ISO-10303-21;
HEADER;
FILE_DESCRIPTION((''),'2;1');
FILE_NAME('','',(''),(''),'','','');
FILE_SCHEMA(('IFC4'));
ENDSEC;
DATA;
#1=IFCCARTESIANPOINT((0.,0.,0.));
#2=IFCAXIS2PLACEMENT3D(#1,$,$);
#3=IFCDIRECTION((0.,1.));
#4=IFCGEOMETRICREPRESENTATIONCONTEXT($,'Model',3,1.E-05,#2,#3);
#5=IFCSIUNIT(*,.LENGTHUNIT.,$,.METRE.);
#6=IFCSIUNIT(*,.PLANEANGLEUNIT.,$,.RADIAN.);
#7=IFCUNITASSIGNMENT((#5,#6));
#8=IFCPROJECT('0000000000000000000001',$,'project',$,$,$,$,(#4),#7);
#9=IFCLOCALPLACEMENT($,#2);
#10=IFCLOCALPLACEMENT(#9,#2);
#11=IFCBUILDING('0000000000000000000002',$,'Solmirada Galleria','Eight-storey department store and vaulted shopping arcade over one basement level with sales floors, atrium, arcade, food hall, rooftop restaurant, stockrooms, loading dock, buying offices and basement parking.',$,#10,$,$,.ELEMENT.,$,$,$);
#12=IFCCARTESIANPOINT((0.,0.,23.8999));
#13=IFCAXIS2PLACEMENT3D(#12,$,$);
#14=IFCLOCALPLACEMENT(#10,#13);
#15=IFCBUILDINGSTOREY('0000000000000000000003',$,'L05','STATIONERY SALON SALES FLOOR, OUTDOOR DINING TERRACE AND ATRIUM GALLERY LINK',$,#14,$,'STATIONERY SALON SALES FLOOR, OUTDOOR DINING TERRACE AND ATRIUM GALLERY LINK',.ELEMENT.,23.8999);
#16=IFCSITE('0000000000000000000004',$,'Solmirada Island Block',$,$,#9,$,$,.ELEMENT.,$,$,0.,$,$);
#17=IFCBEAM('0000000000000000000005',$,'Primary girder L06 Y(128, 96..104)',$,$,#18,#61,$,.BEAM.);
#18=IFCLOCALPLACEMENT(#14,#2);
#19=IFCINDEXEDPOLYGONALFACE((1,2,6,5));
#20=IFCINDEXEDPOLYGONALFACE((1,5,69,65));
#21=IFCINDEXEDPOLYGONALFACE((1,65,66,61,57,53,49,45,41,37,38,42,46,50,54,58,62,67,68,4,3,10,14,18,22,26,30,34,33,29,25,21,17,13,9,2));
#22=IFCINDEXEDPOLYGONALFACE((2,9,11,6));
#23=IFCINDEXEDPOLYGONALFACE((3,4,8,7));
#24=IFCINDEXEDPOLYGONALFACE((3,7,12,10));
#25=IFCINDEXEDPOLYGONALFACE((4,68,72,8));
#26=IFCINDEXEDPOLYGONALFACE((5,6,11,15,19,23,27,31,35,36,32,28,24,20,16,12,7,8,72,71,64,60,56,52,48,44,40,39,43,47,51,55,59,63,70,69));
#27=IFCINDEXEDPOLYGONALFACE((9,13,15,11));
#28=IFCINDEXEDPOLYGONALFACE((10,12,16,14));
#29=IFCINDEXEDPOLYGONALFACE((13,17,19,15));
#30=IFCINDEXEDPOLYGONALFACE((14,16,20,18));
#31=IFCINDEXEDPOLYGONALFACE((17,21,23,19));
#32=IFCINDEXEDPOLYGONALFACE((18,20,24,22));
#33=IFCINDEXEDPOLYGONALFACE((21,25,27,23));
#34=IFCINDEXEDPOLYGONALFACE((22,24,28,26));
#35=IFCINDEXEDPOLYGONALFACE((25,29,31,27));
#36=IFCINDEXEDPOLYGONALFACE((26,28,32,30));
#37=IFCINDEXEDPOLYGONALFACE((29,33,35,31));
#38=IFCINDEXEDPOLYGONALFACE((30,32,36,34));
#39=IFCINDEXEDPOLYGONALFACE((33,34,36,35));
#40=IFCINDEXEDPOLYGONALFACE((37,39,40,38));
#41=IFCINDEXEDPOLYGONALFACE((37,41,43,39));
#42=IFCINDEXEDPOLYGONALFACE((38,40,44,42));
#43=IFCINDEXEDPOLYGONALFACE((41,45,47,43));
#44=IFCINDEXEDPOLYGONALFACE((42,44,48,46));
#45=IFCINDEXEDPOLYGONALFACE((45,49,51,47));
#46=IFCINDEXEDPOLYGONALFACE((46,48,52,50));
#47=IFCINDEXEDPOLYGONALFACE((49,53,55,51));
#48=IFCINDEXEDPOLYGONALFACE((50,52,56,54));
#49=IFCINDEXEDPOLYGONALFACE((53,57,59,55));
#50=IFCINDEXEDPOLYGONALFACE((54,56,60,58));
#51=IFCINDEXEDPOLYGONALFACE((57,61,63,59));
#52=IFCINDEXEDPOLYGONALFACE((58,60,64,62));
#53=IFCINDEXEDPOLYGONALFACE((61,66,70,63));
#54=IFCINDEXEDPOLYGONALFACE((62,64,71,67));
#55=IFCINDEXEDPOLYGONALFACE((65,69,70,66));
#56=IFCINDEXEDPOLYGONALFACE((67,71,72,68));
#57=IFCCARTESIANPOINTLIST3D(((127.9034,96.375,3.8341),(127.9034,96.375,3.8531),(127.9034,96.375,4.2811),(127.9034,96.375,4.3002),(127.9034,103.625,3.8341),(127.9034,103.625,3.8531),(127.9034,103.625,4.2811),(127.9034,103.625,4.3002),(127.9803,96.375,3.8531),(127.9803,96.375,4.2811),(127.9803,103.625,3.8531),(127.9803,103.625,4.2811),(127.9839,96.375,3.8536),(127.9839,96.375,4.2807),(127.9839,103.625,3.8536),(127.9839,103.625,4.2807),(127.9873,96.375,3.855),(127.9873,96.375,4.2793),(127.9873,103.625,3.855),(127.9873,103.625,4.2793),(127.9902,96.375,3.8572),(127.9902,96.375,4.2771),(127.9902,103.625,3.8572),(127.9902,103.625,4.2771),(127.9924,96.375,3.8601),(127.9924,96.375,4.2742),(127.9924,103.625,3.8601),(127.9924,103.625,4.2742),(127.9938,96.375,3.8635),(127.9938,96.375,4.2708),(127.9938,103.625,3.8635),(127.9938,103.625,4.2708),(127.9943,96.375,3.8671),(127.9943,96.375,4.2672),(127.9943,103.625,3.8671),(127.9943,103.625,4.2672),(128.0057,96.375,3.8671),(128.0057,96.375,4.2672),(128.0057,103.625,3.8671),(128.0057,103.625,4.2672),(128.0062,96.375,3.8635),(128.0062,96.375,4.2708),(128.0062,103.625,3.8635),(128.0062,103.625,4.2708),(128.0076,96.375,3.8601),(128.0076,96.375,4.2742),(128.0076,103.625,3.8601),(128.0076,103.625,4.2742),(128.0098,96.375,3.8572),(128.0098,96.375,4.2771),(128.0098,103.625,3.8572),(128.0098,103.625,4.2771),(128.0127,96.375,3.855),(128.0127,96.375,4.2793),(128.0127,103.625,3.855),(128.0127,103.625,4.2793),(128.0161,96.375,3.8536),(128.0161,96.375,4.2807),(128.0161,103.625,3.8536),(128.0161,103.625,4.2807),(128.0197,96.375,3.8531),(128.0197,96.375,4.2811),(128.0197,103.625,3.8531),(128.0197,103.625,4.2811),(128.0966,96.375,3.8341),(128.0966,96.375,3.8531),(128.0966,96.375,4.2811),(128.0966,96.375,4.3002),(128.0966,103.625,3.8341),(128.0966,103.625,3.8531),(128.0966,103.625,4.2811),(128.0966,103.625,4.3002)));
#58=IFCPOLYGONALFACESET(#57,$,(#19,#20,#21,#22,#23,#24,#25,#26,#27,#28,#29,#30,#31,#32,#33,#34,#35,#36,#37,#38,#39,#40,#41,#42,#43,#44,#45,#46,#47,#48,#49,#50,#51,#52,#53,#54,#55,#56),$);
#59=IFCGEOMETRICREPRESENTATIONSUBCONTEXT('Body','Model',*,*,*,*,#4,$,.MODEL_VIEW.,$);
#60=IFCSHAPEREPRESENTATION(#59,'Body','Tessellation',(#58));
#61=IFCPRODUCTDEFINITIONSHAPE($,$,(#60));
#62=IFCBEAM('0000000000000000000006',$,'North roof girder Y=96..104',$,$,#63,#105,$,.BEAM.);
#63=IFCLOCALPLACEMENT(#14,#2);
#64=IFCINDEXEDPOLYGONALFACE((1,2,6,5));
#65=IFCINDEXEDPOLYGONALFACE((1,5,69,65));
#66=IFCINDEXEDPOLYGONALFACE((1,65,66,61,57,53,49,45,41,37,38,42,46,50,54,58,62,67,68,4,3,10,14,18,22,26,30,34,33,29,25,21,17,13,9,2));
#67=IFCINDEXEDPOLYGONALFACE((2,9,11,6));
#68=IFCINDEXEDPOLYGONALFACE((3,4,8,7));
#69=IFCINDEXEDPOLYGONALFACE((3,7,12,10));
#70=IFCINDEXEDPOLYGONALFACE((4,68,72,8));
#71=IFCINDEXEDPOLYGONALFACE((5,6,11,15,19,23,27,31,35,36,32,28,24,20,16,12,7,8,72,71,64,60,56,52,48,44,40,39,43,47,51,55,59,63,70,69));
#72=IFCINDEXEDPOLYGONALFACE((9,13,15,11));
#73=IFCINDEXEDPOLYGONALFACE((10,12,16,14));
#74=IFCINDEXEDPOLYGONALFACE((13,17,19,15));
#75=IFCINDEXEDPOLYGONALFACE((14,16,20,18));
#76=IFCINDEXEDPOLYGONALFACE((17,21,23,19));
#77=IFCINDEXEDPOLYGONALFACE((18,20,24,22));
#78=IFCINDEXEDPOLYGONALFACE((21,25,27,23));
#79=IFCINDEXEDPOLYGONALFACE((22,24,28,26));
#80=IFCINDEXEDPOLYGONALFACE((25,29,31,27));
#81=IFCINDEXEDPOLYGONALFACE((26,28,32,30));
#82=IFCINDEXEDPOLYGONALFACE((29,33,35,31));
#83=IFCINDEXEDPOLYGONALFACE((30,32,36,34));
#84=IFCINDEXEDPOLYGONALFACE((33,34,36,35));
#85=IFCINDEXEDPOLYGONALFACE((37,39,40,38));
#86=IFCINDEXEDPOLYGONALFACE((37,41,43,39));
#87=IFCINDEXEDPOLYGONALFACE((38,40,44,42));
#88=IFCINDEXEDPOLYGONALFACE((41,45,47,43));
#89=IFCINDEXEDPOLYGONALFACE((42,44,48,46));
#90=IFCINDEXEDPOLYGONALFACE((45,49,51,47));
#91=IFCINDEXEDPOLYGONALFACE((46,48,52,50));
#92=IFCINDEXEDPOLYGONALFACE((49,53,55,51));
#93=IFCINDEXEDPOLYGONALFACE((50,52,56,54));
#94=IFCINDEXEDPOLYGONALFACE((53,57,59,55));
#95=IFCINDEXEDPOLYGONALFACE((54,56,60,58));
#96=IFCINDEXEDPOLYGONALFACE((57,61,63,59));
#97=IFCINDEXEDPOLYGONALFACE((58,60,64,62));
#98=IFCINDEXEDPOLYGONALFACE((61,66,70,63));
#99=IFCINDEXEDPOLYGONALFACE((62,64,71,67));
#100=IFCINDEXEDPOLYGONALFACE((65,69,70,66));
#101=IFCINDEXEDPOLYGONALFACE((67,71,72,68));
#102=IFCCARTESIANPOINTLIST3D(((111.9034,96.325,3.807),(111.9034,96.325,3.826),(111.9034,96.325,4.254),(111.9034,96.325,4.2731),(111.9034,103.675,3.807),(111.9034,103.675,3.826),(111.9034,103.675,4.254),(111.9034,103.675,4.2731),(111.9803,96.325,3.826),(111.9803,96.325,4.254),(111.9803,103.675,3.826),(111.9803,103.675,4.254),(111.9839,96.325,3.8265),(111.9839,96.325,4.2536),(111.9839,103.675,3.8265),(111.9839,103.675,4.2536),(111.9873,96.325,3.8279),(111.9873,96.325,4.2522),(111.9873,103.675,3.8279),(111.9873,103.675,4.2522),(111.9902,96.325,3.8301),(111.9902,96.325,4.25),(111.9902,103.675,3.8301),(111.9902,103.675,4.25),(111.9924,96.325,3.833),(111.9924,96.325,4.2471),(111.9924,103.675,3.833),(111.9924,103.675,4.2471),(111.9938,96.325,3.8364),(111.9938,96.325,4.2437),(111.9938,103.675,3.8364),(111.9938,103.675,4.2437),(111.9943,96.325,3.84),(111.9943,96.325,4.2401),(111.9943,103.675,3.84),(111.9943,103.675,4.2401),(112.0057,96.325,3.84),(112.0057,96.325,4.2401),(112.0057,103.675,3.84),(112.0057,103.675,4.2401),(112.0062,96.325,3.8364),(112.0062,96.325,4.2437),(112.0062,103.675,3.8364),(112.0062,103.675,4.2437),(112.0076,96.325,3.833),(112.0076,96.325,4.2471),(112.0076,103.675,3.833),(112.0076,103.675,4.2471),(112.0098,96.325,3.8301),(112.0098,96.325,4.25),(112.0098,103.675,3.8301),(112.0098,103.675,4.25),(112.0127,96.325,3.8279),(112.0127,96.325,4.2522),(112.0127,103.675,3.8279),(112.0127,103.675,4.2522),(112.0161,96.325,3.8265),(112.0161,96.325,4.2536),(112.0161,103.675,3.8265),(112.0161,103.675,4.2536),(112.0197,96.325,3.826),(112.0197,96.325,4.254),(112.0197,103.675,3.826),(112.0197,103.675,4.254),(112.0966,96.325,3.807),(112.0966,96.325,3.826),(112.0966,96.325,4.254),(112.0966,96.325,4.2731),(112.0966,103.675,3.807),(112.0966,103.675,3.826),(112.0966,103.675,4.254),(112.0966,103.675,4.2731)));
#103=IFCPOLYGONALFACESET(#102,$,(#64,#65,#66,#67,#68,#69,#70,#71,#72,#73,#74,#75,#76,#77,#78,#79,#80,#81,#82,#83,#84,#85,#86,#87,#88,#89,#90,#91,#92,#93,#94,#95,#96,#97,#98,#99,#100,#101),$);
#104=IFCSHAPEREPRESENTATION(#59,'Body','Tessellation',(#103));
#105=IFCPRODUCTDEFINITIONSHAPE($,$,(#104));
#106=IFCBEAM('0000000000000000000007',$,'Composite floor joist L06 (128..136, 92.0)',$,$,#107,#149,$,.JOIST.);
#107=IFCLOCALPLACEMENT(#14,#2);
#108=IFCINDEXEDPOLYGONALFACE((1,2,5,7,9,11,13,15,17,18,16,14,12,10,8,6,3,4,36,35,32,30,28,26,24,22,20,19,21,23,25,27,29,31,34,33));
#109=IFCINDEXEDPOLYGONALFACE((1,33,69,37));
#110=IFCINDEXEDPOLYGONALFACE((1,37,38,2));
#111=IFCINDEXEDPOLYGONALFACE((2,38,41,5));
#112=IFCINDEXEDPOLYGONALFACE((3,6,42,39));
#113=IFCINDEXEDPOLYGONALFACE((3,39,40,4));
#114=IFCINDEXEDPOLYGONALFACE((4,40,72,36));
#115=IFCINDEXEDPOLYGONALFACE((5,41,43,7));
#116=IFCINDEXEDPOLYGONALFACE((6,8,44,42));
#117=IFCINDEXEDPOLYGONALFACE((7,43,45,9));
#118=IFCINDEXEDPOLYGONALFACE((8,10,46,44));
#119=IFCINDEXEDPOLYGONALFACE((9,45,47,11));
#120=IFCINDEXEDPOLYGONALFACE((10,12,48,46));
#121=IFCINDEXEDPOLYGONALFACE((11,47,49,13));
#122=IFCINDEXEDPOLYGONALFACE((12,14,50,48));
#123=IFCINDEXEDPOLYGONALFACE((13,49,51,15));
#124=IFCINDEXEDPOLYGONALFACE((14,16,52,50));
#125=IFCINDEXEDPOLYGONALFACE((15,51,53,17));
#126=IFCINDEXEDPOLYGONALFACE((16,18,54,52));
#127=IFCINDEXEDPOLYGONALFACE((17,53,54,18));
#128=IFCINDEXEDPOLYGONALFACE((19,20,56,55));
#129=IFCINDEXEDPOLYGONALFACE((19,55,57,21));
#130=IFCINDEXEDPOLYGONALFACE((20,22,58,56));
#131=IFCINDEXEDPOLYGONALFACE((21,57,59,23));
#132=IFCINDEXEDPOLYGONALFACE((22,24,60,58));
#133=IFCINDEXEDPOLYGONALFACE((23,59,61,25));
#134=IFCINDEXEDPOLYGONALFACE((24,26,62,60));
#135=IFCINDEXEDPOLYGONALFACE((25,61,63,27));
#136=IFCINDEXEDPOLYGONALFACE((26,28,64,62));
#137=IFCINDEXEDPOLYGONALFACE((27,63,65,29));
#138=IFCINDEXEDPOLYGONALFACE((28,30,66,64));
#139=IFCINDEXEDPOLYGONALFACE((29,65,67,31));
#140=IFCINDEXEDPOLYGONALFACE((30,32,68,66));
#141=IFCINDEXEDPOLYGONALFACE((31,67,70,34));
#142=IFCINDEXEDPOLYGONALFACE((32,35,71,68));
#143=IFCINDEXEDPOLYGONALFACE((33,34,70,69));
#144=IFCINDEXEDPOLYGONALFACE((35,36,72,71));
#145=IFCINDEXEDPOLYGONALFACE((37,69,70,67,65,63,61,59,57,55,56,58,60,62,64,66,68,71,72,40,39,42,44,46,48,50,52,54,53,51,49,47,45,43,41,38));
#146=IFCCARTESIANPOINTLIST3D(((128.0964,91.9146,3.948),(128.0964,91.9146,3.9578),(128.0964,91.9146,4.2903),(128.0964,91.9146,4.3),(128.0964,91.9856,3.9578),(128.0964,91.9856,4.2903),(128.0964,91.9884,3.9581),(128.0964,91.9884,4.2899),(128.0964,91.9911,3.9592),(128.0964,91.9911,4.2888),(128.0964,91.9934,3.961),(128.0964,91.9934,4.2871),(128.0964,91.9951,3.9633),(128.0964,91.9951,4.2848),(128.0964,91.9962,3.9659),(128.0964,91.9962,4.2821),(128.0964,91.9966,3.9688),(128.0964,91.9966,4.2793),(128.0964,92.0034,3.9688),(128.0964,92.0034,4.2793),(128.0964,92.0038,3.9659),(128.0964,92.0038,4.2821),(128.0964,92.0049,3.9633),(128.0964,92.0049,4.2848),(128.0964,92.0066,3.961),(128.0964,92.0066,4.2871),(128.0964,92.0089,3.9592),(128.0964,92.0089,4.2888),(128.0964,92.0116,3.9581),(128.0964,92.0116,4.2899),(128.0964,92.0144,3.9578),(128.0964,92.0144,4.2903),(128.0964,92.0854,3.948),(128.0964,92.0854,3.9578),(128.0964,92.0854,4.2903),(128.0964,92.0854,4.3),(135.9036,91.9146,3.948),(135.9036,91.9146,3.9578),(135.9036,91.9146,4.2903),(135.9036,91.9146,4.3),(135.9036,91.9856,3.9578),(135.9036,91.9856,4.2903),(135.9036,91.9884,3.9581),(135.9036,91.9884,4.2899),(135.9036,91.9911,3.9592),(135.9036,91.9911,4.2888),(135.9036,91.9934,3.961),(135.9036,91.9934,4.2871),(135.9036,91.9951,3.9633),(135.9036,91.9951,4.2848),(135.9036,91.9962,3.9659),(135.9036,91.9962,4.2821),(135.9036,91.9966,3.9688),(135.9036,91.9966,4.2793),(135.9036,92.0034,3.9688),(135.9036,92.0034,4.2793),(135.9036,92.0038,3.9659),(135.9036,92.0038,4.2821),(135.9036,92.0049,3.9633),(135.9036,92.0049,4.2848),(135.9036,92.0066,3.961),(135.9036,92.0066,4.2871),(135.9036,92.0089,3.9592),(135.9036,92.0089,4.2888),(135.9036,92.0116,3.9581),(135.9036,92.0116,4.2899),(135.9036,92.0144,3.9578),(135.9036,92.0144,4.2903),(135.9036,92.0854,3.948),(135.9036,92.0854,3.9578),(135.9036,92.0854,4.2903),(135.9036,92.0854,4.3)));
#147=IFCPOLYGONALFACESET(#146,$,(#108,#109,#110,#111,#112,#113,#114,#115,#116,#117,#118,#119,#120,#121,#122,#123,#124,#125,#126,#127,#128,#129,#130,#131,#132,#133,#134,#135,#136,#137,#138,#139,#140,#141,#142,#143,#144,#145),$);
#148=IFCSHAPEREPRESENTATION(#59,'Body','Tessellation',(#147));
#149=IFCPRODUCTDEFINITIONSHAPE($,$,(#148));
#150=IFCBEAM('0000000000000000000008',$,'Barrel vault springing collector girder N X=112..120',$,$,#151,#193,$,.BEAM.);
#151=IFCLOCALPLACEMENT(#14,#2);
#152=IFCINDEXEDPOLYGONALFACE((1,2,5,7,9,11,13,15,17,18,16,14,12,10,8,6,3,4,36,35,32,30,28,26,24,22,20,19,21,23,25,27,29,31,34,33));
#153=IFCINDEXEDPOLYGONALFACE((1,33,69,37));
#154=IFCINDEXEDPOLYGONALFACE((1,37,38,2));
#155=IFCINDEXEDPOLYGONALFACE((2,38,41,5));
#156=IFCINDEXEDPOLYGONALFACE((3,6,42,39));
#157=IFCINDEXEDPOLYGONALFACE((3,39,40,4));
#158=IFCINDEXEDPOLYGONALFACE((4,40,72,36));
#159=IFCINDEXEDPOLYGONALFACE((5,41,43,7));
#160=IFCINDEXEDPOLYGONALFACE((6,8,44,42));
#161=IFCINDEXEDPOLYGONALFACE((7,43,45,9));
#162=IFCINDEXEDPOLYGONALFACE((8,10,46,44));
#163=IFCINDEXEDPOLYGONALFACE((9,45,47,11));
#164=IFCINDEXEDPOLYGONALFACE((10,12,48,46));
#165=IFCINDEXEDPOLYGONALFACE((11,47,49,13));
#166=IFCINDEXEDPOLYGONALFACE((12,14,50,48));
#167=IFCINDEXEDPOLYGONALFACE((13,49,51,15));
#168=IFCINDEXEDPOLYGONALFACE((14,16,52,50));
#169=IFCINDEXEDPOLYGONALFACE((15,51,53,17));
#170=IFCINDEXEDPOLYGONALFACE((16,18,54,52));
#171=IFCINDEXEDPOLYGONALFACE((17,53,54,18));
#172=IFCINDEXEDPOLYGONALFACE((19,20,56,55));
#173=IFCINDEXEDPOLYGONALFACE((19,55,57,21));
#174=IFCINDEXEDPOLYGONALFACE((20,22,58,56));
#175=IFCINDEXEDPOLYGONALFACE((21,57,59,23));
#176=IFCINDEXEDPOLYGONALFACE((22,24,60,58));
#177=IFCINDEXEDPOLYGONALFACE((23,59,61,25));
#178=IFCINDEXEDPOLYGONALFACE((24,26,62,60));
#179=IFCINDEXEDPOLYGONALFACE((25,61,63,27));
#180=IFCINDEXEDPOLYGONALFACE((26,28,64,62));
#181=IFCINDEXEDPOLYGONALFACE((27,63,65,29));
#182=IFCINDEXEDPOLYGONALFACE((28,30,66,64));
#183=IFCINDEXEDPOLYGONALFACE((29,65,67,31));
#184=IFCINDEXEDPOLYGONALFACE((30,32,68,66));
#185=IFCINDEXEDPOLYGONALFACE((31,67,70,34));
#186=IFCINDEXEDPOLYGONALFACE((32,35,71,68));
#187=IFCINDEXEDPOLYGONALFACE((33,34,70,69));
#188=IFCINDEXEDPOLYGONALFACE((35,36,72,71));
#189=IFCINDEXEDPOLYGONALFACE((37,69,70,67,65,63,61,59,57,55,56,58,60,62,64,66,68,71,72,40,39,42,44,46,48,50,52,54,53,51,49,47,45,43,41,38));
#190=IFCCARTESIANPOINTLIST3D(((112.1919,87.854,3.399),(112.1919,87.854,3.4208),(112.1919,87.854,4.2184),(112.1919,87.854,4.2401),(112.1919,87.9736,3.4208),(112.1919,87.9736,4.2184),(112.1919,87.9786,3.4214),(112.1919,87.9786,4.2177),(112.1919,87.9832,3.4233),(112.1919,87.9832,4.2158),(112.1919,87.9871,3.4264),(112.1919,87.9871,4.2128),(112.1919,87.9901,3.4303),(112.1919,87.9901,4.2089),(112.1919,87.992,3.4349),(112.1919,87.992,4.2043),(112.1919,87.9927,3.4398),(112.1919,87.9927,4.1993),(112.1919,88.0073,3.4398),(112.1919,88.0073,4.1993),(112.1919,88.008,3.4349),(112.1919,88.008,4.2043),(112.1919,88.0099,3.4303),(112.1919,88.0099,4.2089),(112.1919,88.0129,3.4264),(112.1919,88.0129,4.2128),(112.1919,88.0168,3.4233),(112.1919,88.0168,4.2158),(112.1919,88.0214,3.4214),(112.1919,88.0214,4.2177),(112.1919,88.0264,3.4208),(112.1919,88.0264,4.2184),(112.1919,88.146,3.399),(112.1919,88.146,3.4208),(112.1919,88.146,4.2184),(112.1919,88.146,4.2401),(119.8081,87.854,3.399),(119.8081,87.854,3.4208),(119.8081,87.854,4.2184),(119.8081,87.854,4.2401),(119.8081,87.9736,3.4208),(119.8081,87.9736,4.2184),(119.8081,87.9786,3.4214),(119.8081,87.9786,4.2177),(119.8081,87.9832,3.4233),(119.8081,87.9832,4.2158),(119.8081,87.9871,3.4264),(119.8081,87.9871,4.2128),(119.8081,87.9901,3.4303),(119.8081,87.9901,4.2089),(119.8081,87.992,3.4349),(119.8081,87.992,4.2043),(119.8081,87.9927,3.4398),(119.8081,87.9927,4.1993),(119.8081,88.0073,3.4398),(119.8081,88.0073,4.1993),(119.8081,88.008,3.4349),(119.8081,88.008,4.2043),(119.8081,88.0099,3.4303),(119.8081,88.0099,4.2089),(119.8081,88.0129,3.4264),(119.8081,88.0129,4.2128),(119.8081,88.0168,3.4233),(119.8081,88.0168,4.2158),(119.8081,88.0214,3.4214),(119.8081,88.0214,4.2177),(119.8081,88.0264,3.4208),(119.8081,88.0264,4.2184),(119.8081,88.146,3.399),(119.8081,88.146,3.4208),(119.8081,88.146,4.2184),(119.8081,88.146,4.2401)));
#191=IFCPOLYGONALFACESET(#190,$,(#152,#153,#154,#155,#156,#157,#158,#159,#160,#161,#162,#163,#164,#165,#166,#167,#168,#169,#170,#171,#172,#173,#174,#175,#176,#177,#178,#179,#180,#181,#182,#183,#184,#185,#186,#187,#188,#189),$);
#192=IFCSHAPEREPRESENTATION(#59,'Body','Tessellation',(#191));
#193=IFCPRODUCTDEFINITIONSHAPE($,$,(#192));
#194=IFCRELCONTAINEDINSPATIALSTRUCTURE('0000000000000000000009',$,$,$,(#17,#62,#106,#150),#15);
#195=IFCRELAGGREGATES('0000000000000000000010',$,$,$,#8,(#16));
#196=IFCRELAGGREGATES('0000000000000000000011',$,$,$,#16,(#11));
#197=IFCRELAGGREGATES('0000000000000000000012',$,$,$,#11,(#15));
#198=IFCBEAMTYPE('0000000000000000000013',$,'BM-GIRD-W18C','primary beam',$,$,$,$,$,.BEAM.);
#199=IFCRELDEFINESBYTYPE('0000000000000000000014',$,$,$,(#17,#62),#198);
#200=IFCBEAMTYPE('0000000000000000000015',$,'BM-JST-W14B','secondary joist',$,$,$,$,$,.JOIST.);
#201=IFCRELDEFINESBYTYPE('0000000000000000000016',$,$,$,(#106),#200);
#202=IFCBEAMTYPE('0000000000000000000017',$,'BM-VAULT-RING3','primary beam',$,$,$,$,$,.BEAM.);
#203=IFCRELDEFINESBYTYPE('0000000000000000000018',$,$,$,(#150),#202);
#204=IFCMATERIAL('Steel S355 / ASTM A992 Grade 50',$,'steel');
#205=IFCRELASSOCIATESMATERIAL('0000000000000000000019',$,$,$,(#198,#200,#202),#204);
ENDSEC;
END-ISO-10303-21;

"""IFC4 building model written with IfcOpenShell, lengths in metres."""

from ifc_helpers import new_model, si_unit, direction, frame, origin, origin_2d, place, context, subcontext, project, spatial, i_section, extrude, material, material_profile, profile_set, type_object, element, save


model = new_model("IFC4")

# Units and contexts
model_context = context("Model", 3, precision=1e-05, world=origin(), true_north=direction((0.0, 1.0)))
body_context = subcontext(model_context, "Body", "Model", "MODEL_VIEW")
ifc_project = project(units=[si_unit("LENGTHUNIT", "METRE"), si_unit("PLANEANGLEUNIT", "RADIAN")], contexts=[model_context])

# Site, building, storey
site_placement = place(None, origin())
site = spatial("IfcSite", under=ifc_project, at=site_placement, Name="Solmirada Island Block", CompositionType="ELEMENT", RefElevation=0.0)
building_placement = place(site_placement, origin())
building = spatial("IfcBuilding", under=site, at=building_placement, Name="Solmirada Galleria", Description="Eight-storey department store and vaulted shopping arcade over one basement level with sales floors, atrium, arcade, food hall, rooftop restaurant, stockrooms, loading dock, buying offices and basement parking.", CompositionType="ELEMENT")
storey_placement = place(building_placement, frame((0.0, 0.0, 23.8999)))
storey = spatial("IfcBuildingStorey", under=building, at=storey_placement, Name="L05", Description="STATIONERY SALON SALES FLOOR, OUTDOOR DINING TERRACE AND ATRIUM GALLERY LINK", LongName="STATIONERY SALON SALES FLOOR, OUTDOOR DINING TERRACE AND ATRIUM GALLERY LINK", CompositionType="ELEMENT", Elevation=23.8999)

# Beams
ifc_material_1 = material(Name="Steel S355 / ASTM A992 Grade 50", Category="steel")
ifc_material_profile_1 = material_profile(ifc_material_1, i_section(OverallWidth=0.1931, OverallDepth=0.4661, WebThickness=0.0115, FlangeThickness=0.019, FilletRadius=0.0139, at=origin_2d()), Name="W18X65")
ifc_profile_set_1 = profile_set([ifc_material_profile_1], Name="Steel S355 / ASTM A992 Grade 50")
beam_type_1 = type_object("IfcBeamType", Name="BM-GIRD-W18C", Description="primary beam", PredefinedType="BEAM", material=ifc_profile_set_1)
beam_1_placement = place(storey_placement, frame((128.0, 96.375, 4.0671), z_axis=(0.0, 1.0, 0.0), x_axis=(-1.0, 0.0, 0.0)))
element("IfcBeam", 1, at=beam_1_placement, inside=storey, type_object=beam_type_1, Name="Primary girder L06 Y(128, 96..104)", PredefinedType="BEAM", context=body_context, shape_type="SweptSolid", body=[
    extrude(i_section(OverallWidth=0.1931, OverallDepth=0.4661, WebThickness=0.0115, FlangeThickness=0.019, FilletRadius=0.0139, at=origin_2d()), origin(), (0.0, 0.0, 1.0), 7.25),
])
beam_2_placement = place(storey_placement, frame((112.0, 96.325, 4.04), z_axis=(0.0, 1.0, 0.0), x_axis=(-1.0, 0.0, 0.0)))
element("IfcBeam", 2, at=beam_2_placement, inside=storey, type_object=beam_type_1, Name="North roof girder Y=96..104", PredefinedType="BEAM", context=body_context, shape_type="SweptSolid", body=[
    extrude(i_section(OverallWidth=0.1931, OverallDepth=0.4661, WebThickness=0.0115, FlangeThickness=0.019, FilletRadius=0.0139, at=origin_2d()), origin(), (0.0, 0.0, 1.0), 7.3501),
])
ifc_material_profile_2 = material_profile(ifc_material_1, i_section(OverallWidth=0.1709, OverallDepth=0.3521, WebThickness=0.0068, FlangeThickness=0.0098, FilletRadius=0.011, at=origin_2d()), Name="W14X30")
ifc_profile_set_2 = profile_set([ifc_material_profile_2], Name="Steel S355 / ASTM A992 Grade 50")
beam_type_2 = type_object("IfcBeamType", Name="BM-JST-W14B", Description="secondary joist", PredefinedType="JOIST", material=ifc_profile_set_2)
beam_3_placement = place(storey_placement, frame((128.0964, 92.0, 4.124), z_axis=(1.0, 0.0, 0.0), x_axis=(0.0, 1.0, 0.0)))
element("IfcBeam", 3, at=beam_3_placement, inside=storey, type_object=beam_type_2, Name="Composite floor joist L06 (128..136, 92.0)", PredefinedType="JOIST", context=body_context, shape_type="SweptSolid", body=[
    extrude(i_section(OverallWidth=0.1709, OverallDepth=0.3521, WebThickness=0.0068, FlangeThickness=0.0098, FilletRadius=0.011, at=origin_2d()), origin(), (0.0, 0.0, 1.0), 7.8071),
])
ifc_material_profile_3 = material_profile(ifc_material_1, i_section(OverallWidth=0.292, OverallDepth=0.8411, WebThickness=0.0146, FlangeThickness=0.0217, FilletRadius=0.019, at=origin_2d()), Name="W33X130")
ifc_profile_set_3 = profile_set([ifc_material_profile_3], Name="Steel S355 / ASTM A992 Grade 50")
beam_type_3 = type_object("IfcBeamType", Name="BM-VAULT-RING3", Description="primary beam", PredefinedType="BEAM", material=ifc_profile_set_3)
beam_4_placement = place(storey_placement, frame((112.1919, 88.0, 3.8196), z_axis=(1.0, 0.0, 0.0), x_axis=(0.0, 1.0, 0.0)))
element("IfcBeam", 4, at=beam_4_placement, inside=storey, type_object=beam_type_3, Name="Barrel vault springing collector girder N X=112..120", PredefinedType="BEAM", context=body_context, shape_type="SweptSolid", body=[
    extrude(i_section(OverallWidth=0.292, OverallDepth=0.8411, WebThickness=0.0146, FlangeThickness=0.0217, FilletRadius=0.019, at=origin_2d()), origin(), (0.0, 0.0, 1.0), 7.6162),
])

save(model, "model.ifc")
